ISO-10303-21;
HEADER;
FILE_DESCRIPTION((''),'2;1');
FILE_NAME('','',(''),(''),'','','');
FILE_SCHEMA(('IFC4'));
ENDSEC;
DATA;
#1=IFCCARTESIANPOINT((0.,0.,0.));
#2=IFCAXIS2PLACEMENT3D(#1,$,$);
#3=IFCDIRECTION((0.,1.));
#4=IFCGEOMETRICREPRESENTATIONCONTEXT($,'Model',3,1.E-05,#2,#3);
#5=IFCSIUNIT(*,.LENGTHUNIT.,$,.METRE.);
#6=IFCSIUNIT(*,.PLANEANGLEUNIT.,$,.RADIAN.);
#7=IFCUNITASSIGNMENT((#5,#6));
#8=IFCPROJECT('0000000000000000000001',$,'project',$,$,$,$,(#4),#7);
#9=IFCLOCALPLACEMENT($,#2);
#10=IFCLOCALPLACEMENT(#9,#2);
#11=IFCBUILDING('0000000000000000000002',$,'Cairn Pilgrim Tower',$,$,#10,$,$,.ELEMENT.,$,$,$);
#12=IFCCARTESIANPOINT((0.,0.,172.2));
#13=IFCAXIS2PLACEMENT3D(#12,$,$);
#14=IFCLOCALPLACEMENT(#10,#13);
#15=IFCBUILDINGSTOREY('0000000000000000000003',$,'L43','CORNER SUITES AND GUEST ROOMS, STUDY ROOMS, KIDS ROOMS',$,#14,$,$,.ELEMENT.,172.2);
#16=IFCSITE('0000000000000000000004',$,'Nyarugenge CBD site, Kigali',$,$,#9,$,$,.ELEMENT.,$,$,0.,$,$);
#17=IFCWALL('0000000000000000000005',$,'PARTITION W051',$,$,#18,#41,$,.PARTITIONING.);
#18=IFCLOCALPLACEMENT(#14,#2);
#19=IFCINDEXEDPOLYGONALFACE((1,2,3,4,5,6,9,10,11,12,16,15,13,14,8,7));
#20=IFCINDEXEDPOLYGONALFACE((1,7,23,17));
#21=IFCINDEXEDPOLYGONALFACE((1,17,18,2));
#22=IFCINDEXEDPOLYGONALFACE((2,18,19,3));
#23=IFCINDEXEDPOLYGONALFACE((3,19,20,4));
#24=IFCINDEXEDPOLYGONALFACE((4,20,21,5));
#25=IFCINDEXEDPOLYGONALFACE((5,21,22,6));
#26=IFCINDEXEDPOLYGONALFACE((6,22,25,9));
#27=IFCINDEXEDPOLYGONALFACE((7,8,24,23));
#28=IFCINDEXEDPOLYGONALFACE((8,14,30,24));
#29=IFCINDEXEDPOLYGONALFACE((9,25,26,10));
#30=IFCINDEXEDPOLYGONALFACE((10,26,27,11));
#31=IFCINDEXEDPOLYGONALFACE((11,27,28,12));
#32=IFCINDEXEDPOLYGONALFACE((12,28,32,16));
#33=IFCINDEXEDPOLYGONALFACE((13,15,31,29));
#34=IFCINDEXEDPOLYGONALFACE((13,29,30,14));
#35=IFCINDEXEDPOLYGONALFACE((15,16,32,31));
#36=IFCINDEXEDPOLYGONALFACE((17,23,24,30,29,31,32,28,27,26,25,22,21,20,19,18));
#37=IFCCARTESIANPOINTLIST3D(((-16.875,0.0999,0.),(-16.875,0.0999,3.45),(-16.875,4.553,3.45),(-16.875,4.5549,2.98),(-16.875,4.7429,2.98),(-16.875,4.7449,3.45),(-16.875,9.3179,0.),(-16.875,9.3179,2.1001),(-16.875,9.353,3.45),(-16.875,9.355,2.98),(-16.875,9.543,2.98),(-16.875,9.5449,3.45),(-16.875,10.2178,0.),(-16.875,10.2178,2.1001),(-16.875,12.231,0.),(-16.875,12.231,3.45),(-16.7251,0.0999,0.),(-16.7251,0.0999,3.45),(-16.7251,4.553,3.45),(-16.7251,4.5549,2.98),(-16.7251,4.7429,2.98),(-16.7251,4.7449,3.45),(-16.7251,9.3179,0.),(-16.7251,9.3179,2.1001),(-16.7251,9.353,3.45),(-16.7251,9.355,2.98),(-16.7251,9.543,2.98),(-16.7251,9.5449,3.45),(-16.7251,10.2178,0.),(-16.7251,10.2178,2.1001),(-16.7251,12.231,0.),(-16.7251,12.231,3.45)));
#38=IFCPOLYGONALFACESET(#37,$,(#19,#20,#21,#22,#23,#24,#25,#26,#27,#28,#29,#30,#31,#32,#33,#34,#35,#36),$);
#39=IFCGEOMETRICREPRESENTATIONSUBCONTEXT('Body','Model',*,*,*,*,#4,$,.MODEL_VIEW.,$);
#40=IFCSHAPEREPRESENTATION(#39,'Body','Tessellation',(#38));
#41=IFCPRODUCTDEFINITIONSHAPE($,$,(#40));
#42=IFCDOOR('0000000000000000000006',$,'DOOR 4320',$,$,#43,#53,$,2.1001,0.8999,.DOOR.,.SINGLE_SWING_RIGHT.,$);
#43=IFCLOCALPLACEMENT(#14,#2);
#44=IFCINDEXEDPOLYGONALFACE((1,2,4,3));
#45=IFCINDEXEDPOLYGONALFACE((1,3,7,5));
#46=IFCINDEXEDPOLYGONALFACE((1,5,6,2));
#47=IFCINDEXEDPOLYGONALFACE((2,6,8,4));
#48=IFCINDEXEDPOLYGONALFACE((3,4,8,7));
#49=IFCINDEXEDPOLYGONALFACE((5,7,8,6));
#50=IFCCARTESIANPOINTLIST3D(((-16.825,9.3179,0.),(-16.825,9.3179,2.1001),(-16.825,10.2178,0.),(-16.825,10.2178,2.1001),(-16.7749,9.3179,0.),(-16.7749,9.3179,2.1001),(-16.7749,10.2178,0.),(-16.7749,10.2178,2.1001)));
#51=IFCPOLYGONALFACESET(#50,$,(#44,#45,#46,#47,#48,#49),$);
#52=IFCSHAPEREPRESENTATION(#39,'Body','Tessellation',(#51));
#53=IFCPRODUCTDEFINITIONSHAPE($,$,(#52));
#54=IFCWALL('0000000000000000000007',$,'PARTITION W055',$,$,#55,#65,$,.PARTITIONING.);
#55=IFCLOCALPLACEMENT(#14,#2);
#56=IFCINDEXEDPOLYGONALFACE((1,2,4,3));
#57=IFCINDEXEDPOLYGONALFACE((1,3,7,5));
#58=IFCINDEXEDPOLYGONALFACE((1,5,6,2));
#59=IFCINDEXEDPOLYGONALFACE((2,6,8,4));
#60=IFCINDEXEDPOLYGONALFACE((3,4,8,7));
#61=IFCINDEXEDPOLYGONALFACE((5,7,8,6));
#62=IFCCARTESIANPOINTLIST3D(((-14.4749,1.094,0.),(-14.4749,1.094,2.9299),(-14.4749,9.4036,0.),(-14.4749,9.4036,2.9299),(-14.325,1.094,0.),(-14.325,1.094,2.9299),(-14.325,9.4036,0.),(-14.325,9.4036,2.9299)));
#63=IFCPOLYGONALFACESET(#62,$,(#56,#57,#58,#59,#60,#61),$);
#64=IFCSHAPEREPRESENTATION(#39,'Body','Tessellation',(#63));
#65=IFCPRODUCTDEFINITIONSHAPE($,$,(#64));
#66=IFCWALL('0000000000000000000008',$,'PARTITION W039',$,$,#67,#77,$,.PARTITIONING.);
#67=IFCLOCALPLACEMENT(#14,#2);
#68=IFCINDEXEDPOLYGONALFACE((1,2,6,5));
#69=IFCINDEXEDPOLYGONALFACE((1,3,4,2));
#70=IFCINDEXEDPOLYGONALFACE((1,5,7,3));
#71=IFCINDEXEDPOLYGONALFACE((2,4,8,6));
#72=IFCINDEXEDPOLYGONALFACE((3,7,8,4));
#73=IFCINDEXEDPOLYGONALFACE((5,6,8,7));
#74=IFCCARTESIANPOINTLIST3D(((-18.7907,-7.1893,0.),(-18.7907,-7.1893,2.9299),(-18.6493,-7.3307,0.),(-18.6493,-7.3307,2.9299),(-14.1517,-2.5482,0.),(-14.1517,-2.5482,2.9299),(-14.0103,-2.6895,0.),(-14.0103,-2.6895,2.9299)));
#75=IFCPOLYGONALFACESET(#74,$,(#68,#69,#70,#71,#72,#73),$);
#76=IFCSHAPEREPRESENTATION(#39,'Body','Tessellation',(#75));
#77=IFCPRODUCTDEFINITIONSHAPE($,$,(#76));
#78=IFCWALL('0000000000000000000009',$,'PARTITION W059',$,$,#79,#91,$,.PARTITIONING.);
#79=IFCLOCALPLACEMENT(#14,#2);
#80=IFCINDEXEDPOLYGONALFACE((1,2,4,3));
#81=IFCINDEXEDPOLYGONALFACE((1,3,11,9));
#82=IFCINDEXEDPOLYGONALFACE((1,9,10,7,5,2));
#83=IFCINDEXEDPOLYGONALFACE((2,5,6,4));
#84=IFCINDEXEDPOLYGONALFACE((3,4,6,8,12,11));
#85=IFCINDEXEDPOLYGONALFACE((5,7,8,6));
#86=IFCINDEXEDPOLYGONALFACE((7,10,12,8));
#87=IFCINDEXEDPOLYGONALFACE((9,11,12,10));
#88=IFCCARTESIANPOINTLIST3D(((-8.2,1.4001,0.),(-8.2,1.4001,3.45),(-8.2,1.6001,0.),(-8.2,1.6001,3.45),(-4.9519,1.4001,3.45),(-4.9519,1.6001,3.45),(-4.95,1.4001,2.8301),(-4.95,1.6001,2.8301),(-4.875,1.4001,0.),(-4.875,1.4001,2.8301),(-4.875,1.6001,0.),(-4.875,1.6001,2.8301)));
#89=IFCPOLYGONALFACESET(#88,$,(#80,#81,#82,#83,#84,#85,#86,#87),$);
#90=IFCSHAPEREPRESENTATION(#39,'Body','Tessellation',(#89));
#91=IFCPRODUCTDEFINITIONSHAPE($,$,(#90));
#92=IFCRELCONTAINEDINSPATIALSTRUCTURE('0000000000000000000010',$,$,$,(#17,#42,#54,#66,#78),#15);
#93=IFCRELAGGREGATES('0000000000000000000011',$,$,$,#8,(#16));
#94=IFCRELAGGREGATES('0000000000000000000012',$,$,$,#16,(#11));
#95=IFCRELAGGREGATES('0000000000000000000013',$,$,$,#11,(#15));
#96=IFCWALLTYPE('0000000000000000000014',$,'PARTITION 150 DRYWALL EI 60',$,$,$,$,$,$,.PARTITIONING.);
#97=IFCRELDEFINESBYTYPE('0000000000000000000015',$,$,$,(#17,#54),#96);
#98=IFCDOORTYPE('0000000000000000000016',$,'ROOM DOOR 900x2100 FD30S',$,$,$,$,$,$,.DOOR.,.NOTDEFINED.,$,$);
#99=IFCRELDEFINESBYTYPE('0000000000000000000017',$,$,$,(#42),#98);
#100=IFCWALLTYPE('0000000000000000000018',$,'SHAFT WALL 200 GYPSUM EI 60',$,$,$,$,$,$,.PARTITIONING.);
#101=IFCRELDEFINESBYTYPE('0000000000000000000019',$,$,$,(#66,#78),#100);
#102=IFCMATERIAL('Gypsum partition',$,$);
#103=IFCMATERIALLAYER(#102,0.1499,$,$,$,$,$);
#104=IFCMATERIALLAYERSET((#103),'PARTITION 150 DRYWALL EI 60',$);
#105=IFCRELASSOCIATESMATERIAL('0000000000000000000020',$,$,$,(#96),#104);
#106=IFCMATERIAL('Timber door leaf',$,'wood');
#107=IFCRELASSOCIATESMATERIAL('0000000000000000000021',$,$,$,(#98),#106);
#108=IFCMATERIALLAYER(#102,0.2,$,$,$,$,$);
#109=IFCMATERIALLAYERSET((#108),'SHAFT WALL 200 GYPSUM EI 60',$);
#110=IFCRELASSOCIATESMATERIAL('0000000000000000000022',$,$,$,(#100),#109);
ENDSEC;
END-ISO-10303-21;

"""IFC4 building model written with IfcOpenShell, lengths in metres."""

from ifc_helpers import new_model, si_unit, direction, frame, frame_2d, origin, place, context, subcontext, project, spatial, polyline, rectangle, outline, extrude, material, layer, layer_set, type_object, element, fill, save


model = new_model("IFC4")

# Units and contexts
model_context = context("Model", 3, precision=1e-05, world=origin(), true_north=direction((0.0, 1.0)))
body_context = subcontext(model_context, "Body", "Model", "MODEL_VIEW")
ifc_project = project(units=[si_unit("LENGTHUNIT", "METRE"), si_unit("PLANEANGLEUNIT", "RADIAN")], contexts=[model_context])

# Site, building, storey
site_placement = place(None, origin())
site = spatial("IfcSite", under=ifc_project, at=site_placement, Name="Nyarugenge CBD site, Kigali", CompositionType="ELEMENT", RefElevation=0.0)
building_placement = place(site_placement, origin())
building = spatial("IfcBuilding", under=site, at=building_placement, Name="Cairn Pilgrim Tower", CompositionType="ELEMENT")
storey_placement = place(building_placement, frame((0.0, 0.0, 172.2)))
storey = spatial("IfcBuildingStorey", under=building, at=storey_placement, Name="L43", Description="CORNER SUITES AND GUEST ROOMS, STUDY ROOMS, KIDS ROOMS", CompositionType="ELEMENT", Elevation=172.2)

# Shared definitions
ifc_material_1 = material(Name="Gypsum partition")
ifc_layer_1 = layer(ifc_material_1, 0.1499)
ifc_layer_set_1 = layer_set([ifc_layer_1], Name="PARTITION 150 DRYWALL EI 60")
wall_type_1 = type_object("IfcWallType", Name="PARTITION 150 DRYWALL EI 60", PredefinedType="PARTITIONING", material=ifc_layer_set_1)

# Shared definitions
ifc_material_2 = material(Name="Timber door leaf", Category="wood")
door_type_1 = type_object("IfcDoorType", Name="ROOM DOOR 900x2100 FD30S", OperationType="NOTDEFINED", PredefinedType="DOOR", material=ifc_material_2)

# Wall, opening, door
wall_1_placement = place(storey_placement, frame((-16.8, 0.0999, 0.0), z_axis=(0.0, 0.0, 1.0), x_axis=(0.0, 1.0, 0.0)))
wall_1 = element("IfcWall", 1, at=wall_1_placement, inside=storey, type_object=wall_type_1, Name="PARTITION W051", PredefinedType="PARTITIONING", context=body_context, shape_type="SweptSolid", body=[
    extrude(outline(polyline([(0.0, 0.0), (12.1311, 0.0), (12.1311, 3.45), (9.4451, 3.45), (9.4431, 2.98), (9.2551, 2.98), (9.2532, 3.45), (4.645, 3.45), (4.6431, 2.98), (4.4551, 2.98), (4.4531, 3.45), (0.0, 3.45), (0.0, 0.0)])), frame((0.0, 0.075, 0.0), z_axis=(0.0, -1.0, 0.0), x_axis=(1.0, 0.0, 0.0)), (0.0, 0.0, 1.0), 0.1499),
])
opening_1_placement = place(wall_1_placement, frame((9.218, 0.0, 0.0)))
opening_1 = element("IfcOpeningElement", 2, at=opening_1_placement, cuts=wall_1, PredefinedType="OPENING", context=body_context, shape_type="SweptSolid", body=[
    extrude(rectangle(XDim=0.8999, YDim=2.1001, at=frame_2d((0.45, 1.05))), frame((0.0, 0.085, 0.0), z_axis=(0.0, -1.0, 0.0), x_axis=(1.0, 0.0, 0.0)), (0.0, 0.0, 1.0), 0.1699),
])
door_1_placement = place(opening_1_placement, origin())
door_1 = element("IfcDoor", 3, at=door_1_placement, inside=storey, type_object=door_type_1, Name="DOOR 4320", OperationType="SINGLE_SWING_RIGHT", OverallHeight=2.1001, OverallWidth=0.8999, PredefinedType="DOOR", context=body_context, shape_type="SweptSolid", body=[
    extrude(rectangle(XDim=0.8999, YDim=2.1001, at=frame_2d((0.45, 1.05))), frame((0.0, 0.0249, 0.0), z_axis=(0.0, -1.0, 0.0), x_axis=(1.0, 0.0, 0.0)), (0.0, 0.0, 1.0), 0.05),
])
fill(opening_1, door_1)

# Walls
wall_2_placement = place(storey_placement, frame((-14.3999, 1.094, 0.0), z_axis=(0.0, 0.0, 1.0), x_axis=(0.0, 1.0, 0.0)))
element("IfcWall", 4, at=wall_2_placement, inside=storey, type_object=wall_type_1, Name="PARTITION W055", PredefinedType="PARTITIONING", context=body_context, shape_type="SweptSolid", body=[
    extrude(rectangle(XDim=8.3096, YDim=0.1499, at=frame_2d((4.1548, 0.0))), origin(), (0.0, 0.0, 1.0), 2.9299),
])
ifc_layer_2 = layer(ifc_material_1, 0.2)
ifc_layer_set_2 = layer_set([ifc_layer_2], Name="SHAFT WALL 200 GYPSUM EI 60")
wall_type_2 = type_object("IfcWallType", Name="SHAFT WALL 200 GYPSUM EI 60", PredefinedType="PARTITIONING", material=ifc_layer_set_2)
wall_3_placement = place(storey_placement, frame((-18.72, -7.26, 0.0), z_axis=(0.0, 0.0, 1.0), x_axis=(0.706939, 0.707274, 0.0)))
element("IfcWall", 5, at=wall_3_placement, inside=storey, type_object=wall_type_2, Name="PARTITION W039", PredefinedType="PARTITIONING", context=body_context, shape_type="SweptSolid", body=[
    extrude(rectangle(XDim=6.562, YDim=0.2, at=frame_2d((3.281, 0.0))), origin(), (0.0, 0.0, 1.0), 2.9299),
])
wall_4_placement = place(storey_placement, frame((-8.2, 1.5, 0.0), z_axis=(0.0, 0.0, 1.0), x_axis=(1.0, 0.0, 0.0)))
element("IfcWall", 6, at=wall_4_placement, inside=storey, type_object=wall_type_2, Name="PARTITION W059", PredefinedType="PARTITIONING", context=body_context, shape_type="SweptSolid", body=[
    extrude(outline(polyline([(0.0, 0.0), (3.325, 0.0), (3.325, 2.8301), (3.25, 2.8301), (3.248, 3.45), (0.0, 3.45), (0.0, 0.0)])), frame((0.0, 0.1001, 0.0), z_axis=(0.0, -1.0, 0.0), x_axis=(1.0, 0.0, 0.0)), (0.0, 0.0, 1.0), 0.2),
])

save(model, "model.ifc")
